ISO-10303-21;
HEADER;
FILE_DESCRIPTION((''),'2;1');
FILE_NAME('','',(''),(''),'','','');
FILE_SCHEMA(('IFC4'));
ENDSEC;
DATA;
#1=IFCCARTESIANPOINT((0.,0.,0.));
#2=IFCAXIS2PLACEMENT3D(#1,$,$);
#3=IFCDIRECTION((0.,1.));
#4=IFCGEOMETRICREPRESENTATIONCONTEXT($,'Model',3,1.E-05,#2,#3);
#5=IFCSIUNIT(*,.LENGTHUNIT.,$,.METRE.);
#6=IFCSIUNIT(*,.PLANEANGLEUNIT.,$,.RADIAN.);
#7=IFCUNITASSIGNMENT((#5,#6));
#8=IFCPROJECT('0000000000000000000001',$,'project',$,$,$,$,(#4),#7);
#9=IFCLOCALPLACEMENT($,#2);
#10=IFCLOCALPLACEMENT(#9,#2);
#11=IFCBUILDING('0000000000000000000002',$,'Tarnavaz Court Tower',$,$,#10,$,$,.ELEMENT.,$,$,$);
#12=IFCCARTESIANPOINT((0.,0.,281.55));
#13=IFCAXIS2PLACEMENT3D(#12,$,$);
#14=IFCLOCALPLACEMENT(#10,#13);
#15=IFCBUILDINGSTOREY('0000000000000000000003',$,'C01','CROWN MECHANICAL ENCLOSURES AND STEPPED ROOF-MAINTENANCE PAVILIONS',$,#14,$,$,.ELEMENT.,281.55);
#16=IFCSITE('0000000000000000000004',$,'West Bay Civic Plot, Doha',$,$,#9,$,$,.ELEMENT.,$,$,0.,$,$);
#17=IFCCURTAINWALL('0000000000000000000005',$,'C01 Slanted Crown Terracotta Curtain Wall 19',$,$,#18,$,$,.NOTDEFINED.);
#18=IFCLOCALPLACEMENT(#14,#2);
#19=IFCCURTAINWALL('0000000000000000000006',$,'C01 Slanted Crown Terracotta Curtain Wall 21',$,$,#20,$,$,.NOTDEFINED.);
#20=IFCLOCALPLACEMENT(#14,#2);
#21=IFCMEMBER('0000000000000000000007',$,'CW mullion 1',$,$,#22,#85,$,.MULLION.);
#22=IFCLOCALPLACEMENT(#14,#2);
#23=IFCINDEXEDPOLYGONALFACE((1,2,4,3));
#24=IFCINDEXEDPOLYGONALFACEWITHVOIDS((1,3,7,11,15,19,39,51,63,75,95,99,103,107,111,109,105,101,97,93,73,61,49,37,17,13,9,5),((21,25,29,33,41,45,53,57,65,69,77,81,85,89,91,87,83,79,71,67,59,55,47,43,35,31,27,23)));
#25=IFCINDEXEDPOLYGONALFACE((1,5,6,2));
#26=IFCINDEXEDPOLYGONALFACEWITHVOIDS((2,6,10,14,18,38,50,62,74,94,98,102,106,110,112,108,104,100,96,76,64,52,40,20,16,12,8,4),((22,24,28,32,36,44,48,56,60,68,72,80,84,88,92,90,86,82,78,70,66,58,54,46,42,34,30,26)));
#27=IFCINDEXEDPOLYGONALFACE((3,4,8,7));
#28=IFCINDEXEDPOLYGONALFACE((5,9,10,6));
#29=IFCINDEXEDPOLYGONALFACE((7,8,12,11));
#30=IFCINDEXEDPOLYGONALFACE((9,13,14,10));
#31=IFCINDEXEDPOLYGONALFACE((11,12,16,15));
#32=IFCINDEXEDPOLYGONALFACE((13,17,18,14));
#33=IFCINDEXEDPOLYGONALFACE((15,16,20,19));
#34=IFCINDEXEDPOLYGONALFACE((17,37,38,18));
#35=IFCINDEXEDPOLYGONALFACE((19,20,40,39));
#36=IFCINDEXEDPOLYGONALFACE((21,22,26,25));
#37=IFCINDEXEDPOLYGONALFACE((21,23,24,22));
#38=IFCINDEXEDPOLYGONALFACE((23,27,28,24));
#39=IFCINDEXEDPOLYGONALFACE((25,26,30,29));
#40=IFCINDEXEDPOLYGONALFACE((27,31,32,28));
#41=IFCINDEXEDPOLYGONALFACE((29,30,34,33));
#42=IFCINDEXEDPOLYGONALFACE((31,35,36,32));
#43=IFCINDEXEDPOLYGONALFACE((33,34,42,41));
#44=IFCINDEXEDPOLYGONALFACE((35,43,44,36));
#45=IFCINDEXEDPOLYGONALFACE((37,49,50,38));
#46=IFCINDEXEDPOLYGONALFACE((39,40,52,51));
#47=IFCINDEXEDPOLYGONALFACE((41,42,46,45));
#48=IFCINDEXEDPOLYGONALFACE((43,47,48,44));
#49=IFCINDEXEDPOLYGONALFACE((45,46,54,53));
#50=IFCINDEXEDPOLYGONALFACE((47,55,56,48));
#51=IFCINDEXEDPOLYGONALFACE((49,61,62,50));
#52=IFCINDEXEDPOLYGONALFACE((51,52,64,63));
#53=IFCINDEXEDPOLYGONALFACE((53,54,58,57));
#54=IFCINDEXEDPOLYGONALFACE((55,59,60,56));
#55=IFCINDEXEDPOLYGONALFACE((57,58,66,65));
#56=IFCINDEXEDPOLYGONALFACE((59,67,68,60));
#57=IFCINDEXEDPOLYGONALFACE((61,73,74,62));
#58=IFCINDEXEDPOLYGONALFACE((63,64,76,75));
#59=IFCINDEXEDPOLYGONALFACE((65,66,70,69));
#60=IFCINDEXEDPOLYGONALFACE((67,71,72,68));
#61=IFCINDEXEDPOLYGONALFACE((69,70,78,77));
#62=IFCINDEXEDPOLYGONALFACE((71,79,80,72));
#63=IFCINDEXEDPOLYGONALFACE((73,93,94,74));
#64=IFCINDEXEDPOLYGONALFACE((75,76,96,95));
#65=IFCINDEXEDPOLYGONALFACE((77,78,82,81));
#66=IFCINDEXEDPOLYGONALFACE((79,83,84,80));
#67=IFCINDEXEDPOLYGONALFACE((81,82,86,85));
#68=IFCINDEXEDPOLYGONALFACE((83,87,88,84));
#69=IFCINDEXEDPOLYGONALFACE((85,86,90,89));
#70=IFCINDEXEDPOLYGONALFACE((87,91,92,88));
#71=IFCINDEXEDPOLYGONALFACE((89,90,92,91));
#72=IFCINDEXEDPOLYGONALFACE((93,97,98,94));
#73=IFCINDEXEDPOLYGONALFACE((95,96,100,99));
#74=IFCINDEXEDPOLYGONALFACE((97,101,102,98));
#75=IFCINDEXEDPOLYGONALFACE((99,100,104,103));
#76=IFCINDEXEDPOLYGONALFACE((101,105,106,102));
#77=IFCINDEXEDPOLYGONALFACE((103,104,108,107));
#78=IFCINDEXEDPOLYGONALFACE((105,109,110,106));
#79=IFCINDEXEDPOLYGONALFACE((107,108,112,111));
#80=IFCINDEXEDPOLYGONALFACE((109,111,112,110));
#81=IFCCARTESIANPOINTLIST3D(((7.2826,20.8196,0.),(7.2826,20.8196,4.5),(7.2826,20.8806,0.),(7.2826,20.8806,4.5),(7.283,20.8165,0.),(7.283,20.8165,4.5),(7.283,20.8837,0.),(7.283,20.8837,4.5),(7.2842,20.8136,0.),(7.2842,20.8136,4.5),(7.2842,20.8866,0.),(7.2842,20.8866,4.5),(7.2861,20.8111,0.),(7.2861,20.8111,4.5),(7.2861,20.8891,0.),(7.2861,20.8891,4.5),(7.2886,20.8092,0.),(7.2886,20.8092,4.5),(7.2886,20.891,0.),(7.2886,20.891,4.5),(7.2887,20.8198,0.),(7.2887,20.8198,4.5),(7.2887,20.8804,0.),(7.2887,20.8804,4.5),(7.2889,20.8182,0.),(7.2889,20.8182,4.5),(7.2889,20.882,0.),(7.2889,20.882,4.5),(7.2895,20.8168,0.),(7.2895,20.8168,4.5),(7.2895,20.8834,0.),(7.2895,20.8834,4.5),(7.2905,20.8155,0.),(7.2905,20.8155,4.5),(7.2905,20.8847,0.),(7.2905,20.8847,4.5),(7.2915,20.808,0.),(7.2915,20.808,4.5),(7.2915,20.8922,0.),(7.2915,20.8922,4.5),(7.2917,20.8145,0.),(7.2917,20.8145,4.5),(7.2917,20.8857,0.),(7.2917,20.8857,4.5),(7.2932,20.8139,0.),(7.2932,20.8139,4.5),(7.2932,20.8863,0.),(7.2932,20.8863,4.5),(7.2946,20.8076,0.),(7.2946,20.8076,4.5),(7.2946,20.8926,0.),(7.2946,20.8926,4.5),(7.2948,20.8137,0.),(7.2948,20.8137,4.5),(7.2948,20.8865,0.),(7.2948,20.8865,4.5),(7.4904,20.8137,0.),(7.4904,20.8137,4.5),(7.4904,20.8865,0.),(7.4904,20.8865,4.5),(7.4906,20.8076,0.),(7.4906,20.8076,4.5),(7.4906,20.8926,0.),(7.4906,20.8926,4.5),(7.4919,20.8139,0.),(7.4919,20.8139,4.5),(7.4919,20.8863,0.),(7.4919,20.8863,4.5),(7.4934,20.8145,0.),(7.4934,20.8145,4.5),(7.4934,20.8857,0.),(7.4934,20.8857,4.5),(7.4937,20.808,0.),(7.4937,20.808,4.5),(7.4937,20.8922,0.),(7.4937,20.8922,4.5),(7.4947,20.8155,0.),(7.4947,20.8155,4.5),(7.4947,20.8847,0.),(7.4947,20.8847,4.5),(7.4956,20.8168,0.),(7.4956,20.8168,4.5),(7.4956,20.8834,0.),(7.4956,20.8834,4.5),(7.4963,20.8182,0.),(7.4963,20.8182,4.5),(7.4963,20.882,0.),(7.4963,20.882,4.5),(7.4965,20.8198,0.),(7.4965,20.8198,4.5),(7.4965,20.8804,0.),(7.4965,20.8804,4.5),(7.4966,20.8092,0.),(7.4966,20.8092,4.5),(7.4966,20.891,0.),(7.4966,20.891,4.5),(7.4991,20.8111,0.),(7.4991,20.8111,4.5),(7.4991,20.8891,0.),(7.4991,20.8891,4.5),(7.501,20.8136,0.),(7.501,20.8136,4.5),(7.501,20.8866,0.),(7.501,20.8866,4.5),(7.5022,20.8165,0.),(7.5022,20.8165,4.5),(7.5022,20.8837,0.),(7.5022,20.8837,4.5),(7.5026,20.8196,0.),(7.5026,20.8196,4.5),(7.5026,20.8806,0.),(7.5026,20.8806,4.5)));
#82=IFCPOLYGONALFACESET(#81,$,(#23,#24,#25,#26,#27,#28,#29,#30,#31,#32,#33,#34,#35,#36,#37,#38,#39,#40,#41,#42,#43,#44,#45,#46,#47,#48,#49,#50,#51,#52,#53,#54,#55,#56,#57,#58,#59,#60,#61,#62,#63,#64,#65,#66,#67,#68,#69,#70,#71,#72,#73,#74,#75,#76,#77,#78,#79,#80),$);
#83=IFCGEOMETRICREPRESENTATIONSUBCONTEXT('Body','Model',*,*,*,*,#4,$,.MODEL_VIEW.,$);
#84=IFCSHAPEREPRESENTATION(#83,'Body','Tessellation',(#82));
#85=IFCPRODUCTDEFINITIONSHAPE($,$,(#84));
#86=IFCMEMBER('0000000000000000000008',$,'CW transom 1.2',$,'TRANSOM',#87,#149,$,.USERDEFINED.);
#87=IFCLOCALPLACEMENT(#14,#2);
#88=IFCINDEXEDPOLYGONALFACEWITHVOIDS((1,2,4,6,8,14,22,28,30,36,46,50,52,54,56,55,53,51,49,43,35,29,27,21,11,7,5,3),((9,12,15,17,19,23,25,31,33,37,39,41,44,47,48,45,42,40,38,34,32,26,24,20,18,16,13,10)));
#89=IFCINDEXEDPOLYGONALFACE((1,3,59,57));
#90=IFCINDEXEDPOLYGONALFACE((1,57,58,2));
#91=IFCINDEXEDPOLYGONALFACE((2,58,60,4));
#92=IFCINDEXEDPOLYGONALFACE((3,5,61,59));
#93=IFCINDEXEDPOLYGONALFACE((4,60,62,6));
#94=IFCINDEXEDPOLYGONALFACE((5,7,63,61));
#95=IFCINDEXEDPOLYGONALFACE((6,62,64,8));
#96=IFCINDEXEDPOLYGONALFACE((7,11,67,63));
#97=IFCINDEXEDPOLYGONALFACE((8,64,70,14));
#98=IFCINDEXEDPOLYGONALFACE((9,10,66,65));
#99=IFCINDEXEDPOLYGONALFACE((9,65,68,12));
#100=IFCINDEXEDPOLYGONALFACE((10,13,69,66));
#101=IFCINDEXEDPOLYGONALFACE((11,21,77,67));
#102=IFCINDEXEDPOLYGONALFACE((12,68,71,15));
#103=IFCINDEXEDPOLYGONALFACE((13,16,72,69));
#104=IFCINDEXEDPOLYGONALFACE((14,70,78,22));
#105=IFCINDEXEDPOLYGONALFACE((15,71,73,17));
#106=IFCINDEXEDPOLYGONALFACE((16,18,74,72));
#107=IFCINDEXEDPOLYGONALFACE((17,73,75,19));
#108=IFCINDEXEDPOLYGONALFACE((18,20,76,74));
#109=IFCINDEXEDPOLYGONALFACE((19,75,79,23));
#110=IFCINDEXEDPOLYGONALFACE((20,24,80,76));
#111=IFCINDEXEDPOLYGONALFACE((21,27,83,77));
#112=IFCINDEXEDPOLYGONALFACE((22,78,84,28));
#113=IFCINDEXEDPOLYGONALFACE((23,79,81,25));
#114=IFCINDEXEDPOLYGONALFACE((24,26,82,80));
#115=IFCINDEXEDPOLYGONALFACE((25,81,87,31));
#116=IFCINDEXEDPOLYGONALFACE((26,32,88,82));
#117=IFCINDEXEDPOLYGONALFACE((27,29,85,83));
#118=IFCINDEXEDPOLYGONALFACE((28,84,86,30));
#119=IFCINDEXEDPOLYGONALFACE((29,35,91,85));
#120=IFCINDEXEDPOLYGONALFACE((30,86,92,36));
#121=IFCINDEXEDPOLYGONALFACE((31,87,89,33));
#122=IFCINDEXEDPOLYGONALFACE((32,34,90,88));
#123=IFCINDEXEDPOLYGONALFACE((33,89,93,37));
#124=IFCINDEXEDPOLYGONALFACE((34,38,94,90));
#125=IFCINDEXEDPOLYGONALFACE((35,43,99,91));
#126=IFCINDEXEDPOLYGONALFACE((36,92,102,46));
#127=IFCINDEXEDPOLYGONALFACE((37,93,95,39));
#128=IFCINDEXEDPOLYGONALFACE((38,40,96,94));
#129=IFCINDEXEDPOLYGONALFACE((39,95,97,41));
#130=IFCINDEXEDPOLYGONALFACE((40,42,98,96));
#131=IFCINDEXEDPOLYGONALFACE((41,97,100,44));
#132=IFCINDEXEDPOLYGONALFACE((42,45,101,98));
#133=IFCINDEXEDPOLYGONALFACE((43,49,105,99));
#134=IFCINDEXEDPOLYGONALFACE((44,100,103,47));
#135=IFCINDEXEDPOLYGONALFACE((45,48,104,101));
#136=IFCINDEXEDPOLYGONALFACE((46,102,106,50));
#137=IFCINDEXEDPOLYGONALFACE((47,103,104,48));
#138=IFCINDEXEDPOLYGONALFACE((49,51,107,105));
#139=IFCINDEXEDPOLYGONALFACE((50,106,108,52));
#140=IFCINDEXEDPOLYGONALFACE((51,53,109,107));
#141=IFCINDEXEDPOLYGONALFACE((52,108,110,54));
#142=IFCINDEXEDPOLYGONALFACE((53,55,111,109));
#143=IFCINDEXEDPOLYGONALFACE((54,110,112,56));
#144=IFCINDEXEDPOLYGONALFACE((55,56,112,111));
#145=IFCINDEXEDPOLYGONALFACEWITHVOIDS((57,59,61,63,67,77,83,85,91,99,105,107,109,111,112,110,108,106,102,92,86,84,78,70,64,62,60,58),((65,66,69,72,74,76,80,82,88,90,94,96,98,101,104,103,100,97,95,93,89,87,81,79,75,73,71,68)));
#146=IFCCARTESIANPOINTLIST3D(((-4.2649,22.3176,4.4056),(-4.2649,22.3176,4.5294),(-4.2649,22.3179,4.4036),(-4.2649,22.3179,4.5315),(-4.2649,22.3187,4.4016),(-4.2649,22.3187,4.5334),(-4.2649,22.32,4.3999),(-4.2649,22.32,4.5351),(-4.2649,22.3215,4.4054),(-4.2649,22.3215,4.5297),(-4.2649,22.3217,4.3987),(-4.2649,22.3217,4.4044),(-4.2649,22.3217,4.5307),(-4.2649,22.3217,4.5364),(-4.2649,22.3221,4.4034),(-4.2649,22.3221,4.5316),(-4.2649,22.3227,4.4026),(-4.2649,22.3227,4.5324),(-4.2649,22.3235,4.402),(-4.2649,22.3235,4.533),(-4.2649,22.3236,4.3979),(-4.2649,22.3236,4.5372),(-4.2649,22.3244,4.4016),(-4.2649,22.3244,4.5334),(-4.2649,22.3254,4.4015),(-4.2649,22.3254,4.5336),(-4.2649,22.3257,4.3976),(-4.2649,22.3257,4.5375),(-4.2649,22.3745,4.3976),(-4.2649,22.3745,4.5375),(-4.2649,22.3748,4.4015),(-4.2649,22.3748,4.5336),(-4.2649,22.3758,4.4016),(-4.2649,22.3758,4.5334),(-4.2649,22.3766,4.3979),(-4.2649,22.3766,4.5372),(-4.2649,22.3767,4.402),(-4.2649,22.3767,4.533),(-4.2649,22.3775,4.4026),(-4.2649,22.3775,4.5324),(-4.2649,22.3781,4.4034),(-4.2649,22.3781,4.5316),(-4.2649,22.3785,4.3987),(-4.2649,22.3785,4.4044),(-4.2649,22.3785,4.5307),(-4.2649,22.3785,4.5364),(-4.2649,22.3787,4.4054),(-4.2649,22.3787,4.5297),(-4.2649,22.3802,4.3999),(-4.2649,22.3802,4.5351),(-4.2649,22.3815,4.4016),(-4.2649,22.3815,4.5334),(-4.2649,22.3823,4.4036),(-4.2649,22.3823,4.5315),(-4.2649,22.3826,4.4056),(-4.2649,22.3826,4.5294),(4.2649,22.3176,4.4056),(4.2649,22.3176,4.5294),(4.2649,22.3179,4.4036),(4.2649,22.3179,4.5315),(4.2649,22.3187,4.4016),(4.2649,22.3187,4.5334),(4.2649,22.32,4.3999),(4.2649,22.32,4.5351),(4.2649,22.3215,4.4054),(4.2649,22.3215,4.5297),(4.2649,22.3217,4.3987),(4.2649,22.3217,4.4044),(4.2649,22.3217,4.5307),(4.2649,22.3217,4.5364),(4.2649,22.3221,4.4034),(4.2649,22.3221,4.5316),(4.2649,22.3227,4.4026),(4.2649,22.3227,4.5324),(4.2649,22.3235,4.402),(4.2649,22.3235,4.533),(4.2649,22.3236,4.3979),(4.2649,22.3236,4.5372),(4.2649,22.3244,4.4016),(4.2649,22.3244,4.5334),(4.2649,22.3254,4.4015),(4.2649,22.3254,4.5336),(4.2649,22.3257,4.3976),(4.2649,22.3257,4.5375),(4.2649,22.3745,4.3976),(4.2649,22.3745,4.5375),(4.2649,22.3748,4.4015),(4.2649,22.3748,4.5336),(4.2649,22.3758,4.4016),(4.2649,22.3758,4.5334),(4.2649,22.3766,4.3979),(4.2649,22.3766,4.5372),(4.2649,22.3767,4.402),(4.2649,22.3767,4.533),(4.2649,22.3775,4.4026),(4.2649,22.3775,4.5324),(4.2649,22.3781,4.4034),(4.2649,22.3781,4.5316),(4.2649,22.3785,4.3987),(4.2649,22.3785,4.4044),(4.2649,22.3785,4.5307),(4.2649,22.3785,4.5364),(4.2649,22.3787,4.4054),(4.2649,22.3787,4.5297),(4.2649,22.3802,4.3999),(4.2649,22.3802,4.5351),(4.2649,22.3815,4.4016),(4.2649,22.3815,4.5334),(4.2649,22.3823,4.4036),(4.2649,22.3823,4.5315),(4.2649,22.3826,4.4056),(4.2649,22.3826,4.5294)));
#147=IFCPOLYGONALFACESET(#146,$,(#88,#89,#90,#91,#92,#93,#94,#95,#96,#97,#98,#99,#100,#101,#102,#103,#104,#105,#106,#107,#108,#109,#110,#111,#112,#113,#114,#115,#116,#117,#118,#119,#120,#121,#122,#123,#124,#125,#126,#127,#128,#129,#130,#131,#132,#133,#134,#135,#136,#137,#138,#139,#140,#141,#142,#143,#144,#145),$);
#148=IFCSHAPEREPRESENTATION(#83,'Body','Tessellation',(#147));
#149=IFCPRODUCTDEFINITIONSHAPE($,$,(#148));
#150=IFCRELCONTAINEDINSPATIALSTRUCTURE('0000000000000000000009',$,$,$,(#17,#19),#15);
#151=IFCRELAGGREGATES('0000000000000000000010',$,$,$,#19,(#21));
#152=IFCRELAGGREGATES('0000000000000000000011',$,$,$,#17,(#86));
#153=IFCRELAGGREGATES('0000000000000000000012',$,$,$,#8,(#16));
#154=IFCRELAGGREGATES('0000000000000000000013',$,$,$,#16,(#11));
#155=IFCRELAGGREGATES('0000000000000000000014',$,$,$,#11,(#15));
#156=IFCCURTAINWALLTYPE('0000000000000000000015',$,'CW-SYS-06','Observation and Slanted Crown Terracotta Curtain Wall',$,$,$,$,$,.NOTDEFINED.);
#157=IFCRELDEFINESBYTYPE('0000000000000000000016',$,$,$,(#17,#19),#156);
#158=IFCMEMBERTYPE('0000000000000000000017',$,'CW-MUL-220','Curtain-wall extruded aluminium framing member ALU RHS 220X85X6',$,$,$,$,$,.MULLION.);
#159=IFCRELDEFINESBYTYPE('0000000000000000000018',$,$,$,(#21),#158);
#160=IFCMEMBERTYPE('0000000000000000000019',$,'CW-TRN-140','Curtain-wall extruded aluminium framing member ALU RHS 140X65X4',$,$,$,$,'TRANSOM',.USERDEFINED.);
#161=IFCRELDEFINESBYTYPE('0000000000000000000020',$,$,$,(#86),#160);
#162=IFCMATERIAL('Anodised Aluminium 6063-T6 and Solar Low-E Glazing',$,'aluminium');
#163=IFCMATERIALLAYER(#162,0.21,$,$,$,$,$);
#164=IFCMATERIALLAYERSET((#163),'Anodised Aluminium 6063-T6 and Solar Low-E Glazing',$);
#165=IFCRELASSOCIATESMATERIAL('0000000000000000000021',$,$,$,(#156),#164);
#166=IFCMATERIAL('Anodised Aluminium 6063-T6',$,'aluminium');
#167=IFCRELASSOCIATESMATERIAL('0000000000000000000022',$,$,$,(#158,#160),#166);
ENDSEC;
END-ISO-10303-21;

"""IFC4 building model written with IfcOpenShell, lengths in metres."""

from ifc_helpers import new_model, si_unit, direction, frame, origin, origin_2d, place, context, subcontext, project, spatial, hollow_rectangle, extrude, material, layer, layer_set, material_profile, profile_set, type_object, element, aggregate, save


model = new_model("IFC4")

# Units and contexts
model_context = context("Model", 3, precision=1e-05, world=origin(), true_north=direction((0.0, 1.0)))
body_context = subcontext(model_context, "Body", "Model", "MODEL_VIEW")
ifc_project = project(units=[si_unit("LENGTHUNIT", "METRE"), si_unit("PLANEANGLEUNIT", "RADIAN")], contexts=[model_context])

# Site, building, storey
site_placement = place(None, origin())
site = spatial("IfcSite", under=ifc_project, at=site_placement, Name="West Bay Civic Plot, Doha", CompositionType="ELEMENT", RefElevation=0.0)
building_placement = place(site_placement, origin())
building = spatial("IfcBuilding", under=site, at=building_placement, Name="Tarnavaz Court Tower", CompositionType="ELEMENT")
storey_placement = place(building_placement, frame((0.0, 0.0, 281.55)))
storey = spatial("IfcBuildingStorey", under=building, at=storey_placement, Name="C01", Description="CROWN MECHANICAL ENCLOSURES AND STEPPED ROOF-MAINTENANCE PAVILIONS", CompositionType="ELEMENT", Elevation=281.55)

# Curtain wall
ifc_material_1 = material(Name="Anodised Aluminium 6063-T6 and Solar Low-E Glazing", Category="aluminium")
ifc_layer_1 = layer(ifc_material_1, 0.21)
ifc_layer_set_1 = layer_set([ifc_layer_1], Name="Anodised Aluminium 6063-T6 and Solar Low-E Glazing")
curtain_wall_type = type_object("IfcCurtainWallType", Name="CW-SYS-06", Description="Observation and Slanted Crown Terracotta Curtain Wall", PredefinedType="NOTDEFINED", material=ifc_layer_set_1)
curtain_wall_1_placement = place(storey_placement, origin())
curtain_wall_1 = element("IfcCurtainWall", 1, at=curtain_wall_1_placement, inside=storey, type_object=curtain_wall_type, Name="C01 Slanted Crown Terracotta Curtain Wall 19", PredefinedType="NOTDEFINED")
ifc_material_2 = material(Name="Anodised Aluminium 6063-T6", Category="aluminium")
ifc_material_profile_1 = material_profile(ifc_material_2, hollow_rectangle(XDim=0.085, YDim=0.22, WallThickness=0.0061, InnerFilletRadius=0.0061, OuterFilletRadius=0.012, at=origin_2d()), Name="ALU RHS 220X85X6")
ifc_profile_set_1 = profile_set([ifc_material_profile_1], Name="Anodised Aluminium 6063-T6")
member_type_1 = type_object("IfcMemberType", Name="CW-MUL-220", Description="Curtain-wall extruded aluminium framing member ALU RHS 220X85X6", PredefinedType="MULLION", material=ifc_profile_set_1)

# Curtain wall, member
curtain_wall_2_placement = place(storey_placement, origin())
curtain_wall_2 = element("IfcCurtainWall", 2, at=curtain_wall_2_placement, inside=storey, type_object=curtain_wall_type, Name="C01 Slanted Crown Terracotta Curtain Wall 21", PredefinedType="NOTDEFINED")
member_1_placement = place(storey_placement, frame((7.3926, 20.8501, 0.0), z_axis=(0.0, 0.0, 1.0), x_axis=(0.0, 1.0, 0.0)))
member_1 = element("IfcMember", 3, at=member_1_placement, type_object=member_type_1, Name="CW mullion 1", PredefinedType="MULLION", context=body_context, shape_type="SweptSolid", body=[
    extrude(hollow_rectangle(XDim=0.085, YDim=0.22, WallThickness=0.0061, InnerFilletRadius=0.0061, OuterFilletRadius=0.012, at=origin_2d()), origin(), (0.0, 0.0, 1.0), 4.5),
])

# Member
ifc_material_profile_2 = material_profile(ifc_material_2, hollow_rectangle(XDim=0.0649, YDim=0.1399, WallThickness=0.0039, InnerFilletRadius=0.0039, OuterFilletRadius=0.0081, at=origin_2d()), Name="ALU RHS 140X65X4")
ifc_profile_set_2 = profile_set([ifc_material_profile_2], Name="Anodised Aluminium 6063-T6")
member_type_2 = type_object("IfcMemberType", Name="CW-TRN-140", Description="Curtain-wall extruded aluminium framing member ALU RHS 140X65X4", ElementType="TRANSOM", PredefinedType="USERDEFINED", material=ifc_profile_set_2)
member_2_placement = place(storey_placement, frame((-4.2649, 22.3501, 4.4675), z_axis=(1.0, 0.0, 0.0), x_axis=(0.0, 1.0, 0.0)))
member_2 = element("IfcMember", 4, at=member_2_placement, type_object=member_type_2, Name="CW transom 1.2", ObjectType="TRANSOM", PredefinedType="USERDEFINED", context=body_context, shape_type="SweptSolid", body=[
    extrude(hollow_rectangle(XDim=0.0649, YDim=0.1399, WallThickness=0.0039, InnerFilletRadius=0.0039, OuterFilletRadius=0.0081, at=origin_2d()), origin(), (0.0, 0.0, 1.0), 8.5298),
])
aggregate(curtain_wall_2, [member_1])

aggregate(curtain_wall_1, [member_2])

save(model, "model.ifc")
